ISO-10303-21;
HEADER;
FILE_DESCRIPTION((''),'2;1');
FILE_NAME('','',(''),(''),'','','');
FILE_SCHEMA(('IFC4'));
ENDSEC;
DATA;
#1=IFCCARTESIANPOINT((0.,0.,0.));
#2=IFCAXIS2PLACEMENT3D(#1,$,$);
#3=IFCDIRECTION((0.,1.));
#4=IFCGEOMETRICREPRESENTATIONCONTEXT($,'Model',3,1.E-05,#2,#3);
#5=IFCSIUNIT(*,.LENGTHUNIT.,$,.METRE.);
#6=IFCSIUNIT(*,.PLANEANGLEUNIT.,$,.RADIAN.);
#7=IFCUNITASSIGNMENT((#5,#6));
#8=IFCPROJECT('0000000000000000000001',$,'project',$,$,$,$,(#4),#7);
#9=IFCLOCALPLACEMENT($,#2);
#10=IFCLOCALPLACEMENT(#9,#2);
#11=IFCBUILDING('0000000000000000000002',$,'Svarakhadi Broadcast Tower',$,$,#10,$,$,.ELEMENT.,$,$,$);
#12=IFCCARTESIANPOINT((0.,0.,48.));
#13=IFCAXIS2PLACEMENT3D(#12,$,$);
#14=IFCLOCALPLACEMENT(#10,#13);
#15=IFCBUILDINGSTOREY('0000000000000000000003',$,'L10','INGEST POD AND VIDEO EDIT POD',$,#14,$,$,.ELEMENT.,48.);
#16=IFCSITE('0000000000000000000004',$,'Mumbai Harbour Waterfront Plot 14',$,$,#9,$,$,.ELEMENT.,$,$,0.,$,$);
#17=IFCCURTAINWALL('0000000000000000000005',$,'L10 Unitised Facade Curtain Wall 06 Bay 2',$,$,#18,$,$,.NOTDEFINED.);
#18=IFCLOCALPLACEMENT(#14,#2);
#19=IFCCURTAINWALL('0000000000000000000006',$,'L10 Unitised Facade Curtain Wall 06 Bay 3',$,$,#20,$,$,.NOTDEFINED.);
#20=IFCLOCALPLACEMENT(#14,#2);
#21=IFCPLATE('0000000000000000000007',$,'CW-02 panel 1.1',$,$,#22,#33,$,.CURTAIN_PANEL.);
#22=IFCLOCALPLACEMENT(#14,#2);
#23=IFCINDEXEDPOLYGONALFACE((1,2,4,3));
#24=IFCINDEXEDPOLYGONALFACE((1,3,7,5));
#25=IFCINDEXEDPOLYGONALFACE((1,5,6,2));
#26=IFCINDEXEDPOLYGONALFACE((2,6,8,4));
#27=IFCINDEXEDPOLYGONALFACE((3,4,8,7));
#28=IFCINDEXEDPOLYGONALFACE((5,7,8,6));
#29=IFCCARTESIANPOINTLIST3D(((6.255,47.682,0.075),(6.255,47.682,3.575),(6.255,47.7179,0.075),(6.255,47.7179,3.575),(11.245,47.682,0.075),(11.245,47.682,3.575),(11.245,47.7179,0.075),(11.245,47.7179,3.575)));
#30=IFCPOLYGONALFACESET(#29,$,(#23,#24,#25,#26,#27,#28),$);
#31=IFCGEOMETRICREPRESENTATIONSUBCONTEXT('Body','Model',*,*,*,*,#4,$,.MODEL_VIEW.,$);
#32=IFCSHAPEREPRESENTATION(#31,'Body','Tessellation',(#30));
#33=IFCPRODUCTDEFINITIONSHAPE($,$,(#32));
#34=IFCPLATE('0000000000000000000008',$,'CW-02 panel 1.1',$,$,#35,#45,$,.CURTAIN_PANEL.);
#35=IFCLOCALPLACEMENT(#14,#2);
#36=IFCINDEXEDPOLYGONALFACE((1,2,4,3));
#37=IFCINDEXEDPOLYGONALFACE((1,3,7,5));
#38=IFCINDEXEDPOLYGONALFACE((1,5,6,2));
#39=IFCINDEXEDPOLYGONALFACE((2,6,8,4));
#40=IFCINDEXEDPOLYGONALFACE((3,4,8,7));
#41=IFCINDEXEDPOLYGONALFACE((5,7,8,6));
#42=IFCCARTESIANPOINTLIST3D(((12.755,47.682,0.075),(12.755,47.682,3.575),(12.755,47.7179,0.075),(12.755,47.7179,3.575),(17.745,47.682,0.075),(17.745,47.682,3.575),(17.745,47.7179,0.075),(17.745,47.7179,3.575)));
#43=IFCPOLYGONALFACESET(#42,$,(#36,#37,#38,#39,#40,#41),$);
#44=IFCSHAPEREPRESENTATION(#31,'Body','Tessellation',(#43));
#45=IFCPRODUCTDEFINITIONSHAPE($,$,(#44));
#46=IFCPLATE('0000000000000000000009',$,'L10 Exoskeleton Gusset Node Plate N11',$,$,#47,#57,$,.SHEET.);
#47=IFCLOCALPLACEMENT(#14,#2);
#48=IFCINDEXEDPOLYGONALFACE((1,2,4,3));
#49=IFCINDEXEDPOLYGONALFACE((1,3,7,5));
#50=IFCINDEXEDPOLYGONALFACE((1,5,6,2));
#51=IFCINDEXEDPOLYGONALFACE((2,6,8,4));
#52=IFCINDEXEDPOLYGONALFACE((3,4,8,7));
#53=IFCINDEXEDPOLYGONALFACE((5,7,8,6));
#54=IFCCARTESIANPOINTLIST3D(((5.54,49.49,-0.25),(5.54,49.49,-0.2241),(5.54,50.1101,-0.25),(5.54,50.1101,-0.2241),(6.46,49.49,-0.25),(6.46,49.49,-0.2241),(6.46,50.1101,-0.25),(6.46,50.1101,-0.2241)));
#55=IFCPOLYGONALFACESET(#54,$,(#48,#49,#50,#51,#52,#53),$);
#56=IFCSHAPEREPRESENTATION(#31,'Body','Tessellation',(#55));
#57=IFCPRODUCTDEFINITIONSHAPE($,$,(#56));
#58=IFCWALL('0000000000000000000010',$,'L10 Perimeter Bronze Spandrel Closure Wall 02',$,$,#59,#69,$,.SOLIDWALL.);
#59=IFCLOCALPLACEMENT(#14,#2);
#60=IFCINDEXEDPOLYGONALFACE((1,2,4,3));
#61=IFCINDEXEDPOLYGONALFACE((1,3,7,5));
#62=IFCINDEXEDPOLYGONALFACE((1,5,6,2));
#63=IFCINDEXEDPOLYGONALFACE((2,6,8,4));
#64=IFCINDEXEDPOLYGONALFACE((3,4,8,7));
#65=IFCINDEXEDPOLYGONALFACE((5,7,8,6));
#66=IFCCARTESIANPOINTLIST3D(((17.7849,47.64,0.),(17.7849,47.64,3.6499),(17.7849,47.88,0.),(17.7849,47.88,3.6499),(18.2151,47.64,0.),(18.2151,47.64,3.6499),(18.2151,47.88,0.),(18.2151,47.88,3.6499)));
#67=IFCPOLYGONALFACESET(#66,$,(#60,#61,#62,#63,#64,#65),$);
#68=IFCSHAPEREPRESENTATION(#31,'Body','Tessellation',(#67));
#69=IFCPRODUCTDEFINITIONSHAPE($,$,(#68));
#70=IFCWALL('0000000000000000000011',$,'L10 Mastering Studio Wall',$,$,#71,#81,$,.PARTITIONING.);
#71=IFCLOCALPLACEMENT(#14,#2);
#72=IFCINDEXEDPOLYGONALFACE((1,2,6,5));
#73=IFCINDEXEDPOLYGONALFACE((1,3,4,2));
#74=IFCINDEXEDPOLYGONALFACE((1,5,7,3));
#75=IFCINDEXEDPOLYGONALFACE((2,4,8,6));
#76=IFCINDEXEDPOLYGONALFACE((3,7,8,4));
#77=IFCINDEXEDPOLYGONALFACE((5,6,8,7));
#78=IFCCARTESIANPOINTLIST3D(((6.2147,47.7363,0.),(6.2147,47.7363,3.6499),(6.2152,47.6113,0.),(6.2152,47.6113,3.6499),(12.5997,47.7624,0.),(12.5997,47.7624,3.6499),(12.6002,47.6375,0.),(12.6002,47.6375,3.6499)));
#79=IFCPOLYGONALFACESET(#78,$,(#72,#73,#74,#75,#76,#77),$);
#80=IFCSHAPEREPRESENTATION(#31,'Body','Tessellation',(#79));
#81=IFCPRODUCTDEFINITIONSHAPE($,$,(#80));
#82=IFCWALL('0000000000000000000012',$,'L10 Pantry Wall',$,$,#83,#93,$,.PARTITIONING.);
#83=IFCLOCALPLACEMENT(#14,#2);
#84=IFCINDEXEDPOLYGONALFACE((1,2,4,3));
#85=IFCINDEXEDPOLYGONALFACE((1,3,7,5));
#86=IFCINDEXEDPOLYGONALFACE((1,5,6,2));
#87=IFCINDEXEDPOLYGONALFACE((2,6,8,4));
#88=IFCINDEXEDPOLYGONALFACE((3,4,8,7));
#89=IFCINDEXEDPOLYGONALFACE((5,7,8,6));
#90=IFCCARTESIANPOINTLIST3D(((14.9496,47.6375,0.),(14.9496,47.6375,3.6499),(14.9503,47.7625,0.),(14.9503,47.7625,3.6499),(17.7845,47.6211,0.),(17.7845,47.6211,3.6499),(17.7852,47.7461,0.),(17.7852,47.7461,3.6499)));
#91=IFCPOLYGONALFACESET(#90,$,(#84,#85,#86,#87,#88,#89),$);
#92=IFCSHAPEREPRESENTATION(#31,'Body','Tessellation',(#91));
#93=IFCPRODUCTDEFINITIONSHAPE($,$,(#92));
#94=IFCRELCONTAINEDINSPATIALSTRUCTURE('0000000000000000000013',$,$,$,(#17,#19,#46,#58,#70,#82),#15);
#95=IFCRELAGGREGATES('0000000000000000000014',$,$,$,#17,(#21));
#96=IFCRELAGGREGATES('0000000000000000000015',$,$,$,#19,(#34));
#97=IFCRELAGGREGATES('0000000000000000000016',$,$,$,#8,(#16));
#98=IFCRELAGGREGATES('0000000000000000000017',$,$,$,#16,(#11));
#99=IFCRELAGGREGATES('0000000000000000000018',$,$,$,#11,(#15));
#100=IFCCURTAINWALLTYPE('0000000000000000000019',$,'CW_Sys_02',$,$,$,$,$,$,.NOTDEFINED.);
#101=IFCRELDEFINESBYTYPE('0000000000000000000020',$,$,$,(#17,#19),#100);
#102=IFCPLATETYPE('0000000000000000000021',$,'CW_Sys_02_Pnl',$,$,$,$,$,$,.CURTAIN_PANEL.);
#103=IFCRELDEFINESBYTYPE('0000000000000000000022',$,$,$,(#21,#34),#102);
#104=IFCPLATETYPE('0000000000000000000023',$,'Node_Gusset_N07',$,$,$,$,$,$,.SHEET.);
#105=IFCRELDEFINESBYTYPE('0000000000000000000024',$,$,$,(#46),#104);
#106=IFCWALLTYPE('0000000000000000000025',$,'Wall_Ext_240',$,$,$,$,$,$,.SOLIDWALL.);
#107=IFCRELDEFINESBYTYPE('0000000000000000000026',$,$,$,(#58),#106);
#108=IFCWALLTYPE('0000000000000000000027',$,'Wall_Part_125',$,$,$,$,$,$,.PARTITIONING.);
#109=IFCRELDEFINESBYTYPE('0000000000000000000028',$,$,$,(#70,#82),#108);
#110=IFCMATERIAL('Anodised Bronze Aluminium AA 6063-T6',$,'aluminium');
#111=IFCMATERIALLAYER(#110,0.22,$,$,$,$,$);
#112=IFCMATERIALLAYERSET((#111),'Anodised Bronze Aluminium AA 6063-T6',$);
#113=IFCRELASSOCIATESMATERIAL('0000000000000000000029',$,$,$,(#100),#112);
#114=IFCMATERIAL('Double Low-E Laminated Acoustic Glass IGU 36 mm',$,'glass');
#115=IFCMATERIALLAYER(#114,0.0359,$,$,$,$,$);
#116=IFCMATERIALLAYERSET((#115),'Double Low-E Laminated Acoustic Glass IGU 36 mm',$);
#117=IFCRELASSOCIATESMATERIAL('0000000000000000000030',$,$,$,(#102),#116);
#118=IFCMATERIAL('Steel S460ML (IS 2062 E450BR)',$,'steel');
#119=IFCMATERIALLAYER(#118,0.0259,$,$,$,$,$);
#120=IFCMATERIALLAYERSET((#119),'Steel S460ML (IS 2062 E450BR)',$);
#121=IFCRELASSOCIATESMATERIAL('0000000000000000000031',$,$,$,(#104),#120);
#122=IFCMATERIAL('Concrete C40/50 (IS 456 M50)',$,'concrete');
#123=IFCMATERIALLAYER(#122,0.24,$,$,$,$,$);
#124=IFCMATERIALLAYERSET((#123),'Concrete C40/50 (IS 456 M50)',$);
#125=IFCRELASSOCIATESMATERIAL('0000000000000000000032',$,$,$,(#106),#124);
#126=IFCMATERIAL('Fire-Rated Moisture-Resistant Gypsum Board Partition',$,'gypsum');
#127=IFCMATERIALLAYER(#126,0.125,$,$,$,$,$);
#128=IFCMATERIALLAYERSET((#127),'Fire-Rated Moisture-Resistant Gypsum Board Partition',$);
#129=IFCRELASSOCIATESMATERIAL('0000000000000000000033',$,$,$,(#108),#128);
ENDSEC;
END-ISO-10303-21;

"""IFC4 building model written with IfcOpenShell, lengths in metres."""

from ifc_helpers import new_model, si_unit, direction, frame, frame_2d, origin, origin_2d, place, context, subcontext, project, spatial, rectangle, extrude, material, layer, layer_set, type_object, element, aggregate, save


model = new_model("IFC4")

# Units and contexts
model_context = context("Model", 3, precision=1e-05, world=origin(), true_north=direction((0.0, 1.0)))
body_context = subcontext(model_context, "Body", "Model", "MODEL_VIEW")
ifc_project = project(units=[si_unit("LENGTHUNIT", "METRE"), si_unit("PLANEANGLEUNIT", "RADIAN")], contexts=[model_context])

# Site, building, storey
site_placement = place(None, origin())
site = spatial("IfcSite", under=ifc_project, at=site_placement, Name="Mumbai Harbour Waterfront Plot 14", CompositionType="ELEMENT", RefElevation=0.0)
building_placement = place(site_placement, origin())
building = spatial("IfcBuilding", under=site, at=building_placement, Name="Svarakhadi Broadcast Tower", CompositionType="ELEMENT")
storey_placement = place(building_placement, frame((0.0, 0.0, 48.0)))
storey = spatial("IfcBuildingStorey", under=building, at=storey_placement, Name="L10", Description="INGEST POD AND VIDEO EDIT POD", CompositionType="ELEMENT", Elevation=48.0)

# Shared definitions
ifc_material_1 = material(Name="Steel S460ML (IS 2062 E450BR)", Category="steel")

# Curtain walls
ifc_material_2 = material(Name="Anodised Bronze Aluminium AA 6063-T6", Category="aluminium")
ifc_layer_1 = layer(ifc_material_2, 0.22)
ifc_layer_set_1 = layer_set([ifc_layer_1], Name="Anodised Bronze Aluminium AA 6063-T6")
curtain_wall_type = type_object("IfcCurtainWallType", Name="CW_Sys_02", PredefinedType="NOTDEFINED", material=ifc_layer_set_1)
curtain_wall_1_placement = place(storey_placement, origin())
curtain_wall_1 = element("IfcCurtainWall", 1, at=curtain_wall_1_placement, inside=storey, type_object=curtain_wall_type, Name="L10 Unitised Facade Curtain Wall 06 Bay 2", PredefinedType="NOTDEFINED")
curtain_wall_2_placement = place(storey_placement, origin())
curtain_wall_2 = element("IfcCurtainWall", 2, at=curtain_wall_2_placement, inside=storey, type_object=curtain_wall_type, Name="L10 Unitised Facade Curtain Wall 06 Bay 3", PredefinedType="NOTDEFINED")

# Plates
ifc_material_3 = material(Name="Double Low-E Laminated Acoustic Glass IGU 36 mm", Category="glass")
ifc_layer_2 = layer(ifc_material_3, 0.0359)
ifc_layer_set_2 = layer_set([ifc_layer_2], Name="Double Low-E Laminated Acoustic Glass IGU 36 mm")
plate_type_1 = type_object("IfcPlateType", Name="CW_Sys_02_Pnl", PredefinedType="CURTAIN_PANEL", material=ifc_layer_set_2)
plate_1_placement = place(storey_placement, frame((8.75, 47.7, 0.075), z_axis=(0.0, 0.0, 1.0), x_axis=(1.0, 0.0, 0.0)))
plate_1 = element("IfcPlate", 3, at=plate_1_placement, type_object=plate_type_1, Name="CW-02 panel 1.1", PredefinedType="CURTAIN_PANEL", context=body_context, shape_type="SweptSolid", body=[
    extrude(rectangle(XDim=4.99, YDim=0.0359, at=origin_2d()), origin(), (0.0, 0.0, 1.0), 3.5),
])
aggregate(curtain_wall_1, [plate_1])
plate_2_placement = place(storey_placement, frame((15.25, 47.7, 0.075), z_axis=(0.0, 0.0, 1.0), x_axis=(1.0, 0.0, 0.0)))
plate_2 = element("IfcPlate", 4, at=plate_2_placement, type_object=plate_type_1, Name="CW-02 panel 1.1", PredefinedType="CURTAIN_PANEL", context=body_context, shape_type="SweptSolid", body=[
    extrude(rectangle(XDim=4.99, YDim=0.0359, at=origin_2d()), origin(), (0.0, 0.0, 1.0), 3.5),
])
aggregate(curtain_wall_2, [plate_2])
ifc_layer_3 = layer(ifc_material_1, 0.0259)
ifc_layer_set_3 = layer_set([ifc_layer_3], Name="Steel S460ML (IS 2062 E450BR)")
plate_type_2 = type_object("IfcPlateType", Name="Node_Gusset_N07", PredefinedType="SHEET", material=ifc_layer_set_3)
plate_3_placement = place(storey_placement, frame((6.0, 49.8, -0.25), z_axis=(0.0, 0.0, 1.0), x_axis=(1.0, 0.0, 0.0)))
element("IfcPlate", 5, at=plate_3_placement, inside=storey, type_object=plate_type_2, Name="L10 Exoskeleton Gusset Node Plate N11", PredefinedType="SHEET", context=body_context, shape_type="SweptSolid", body=[
    extrude(rectangle(XDim=0.9199, YDim=0.6201, at=origin_2d()), origin(), (0.0, 0.0, 1.0), 0.0259),
])

# Walls
ifc_material_4 = material(Name="Concrete C40/50 (IS 456 M50)", Category="concrete")
ifc_layer_4 = layer(ifc_material_4, 0.24)
ifc_layer_set_4 = layer_set([ifc_layer_4], Name="Concrete C40/50 (IS 456 M50)")
wall_type_1 = type_object("IfcWallType", Name="Wall_Ext_240", PredefinedType="SOLIDWALL", material=ifc_layer_set_4)
wall_1_placement = place(storey_placement, frame((17.7849, 47.76, 0.0), z_axis=(0.0, 0.0, 1.0), x_axis=(1.0, 0.0, 0.0)))
element("IfcWall", 6, at=wall_1_placement, inside=storey, type_object=wall_type_1, Name="L10 Perimeter Bronze Spandrel Closure Wall 02", PredefinedType="SOLIDWALL", context=body_context, shape_type="SweptSolid", body=[
    extrude(rectangle(XDim=0.4302, YDim=0.24, at=frame_2d((0.2151, 0.0))), origin(), (0.0, 0.0, 1.0), 3.6499),
])
ifc_material_5 = material(Name="Fire-Rated Moisture-Resistant Gypsum Board Partition", Category="gypsum")
ifc_layer_5 = layer(ifc_material_5, 0.125)
ifc_layer_set_5 = layer_set([ifc_layer_5], Name="Fire-Rated Moisture-Resistant Gypsum Board Partition")
wall_type_2 = type_object("IfcWallType", Name="Wall_Part_125", PredefinedType="PARTITIONING", material=ifc_layer_set_5)
wall_2_placement = place(storey_placement, frame((6.2151, 47.6738, 0.0), z_axis=(0.0, 0.0, 1.0), x_axis=(0.999992, 0.004091, 0.0)))
element("IfcWall", 7, at=wall_2_placement, inside=storey, type_object=wall_type_2, Name="L10 Mastering Studio Wall", PredefinedType="PARTITIONING", context=body_context, shape_type="SweptSolid", body=[
    extrude(rectangle(XDim=6.385, YDim=0.125, at=frame_2d((3.1924, 0.0))), origin(), (0.0, 0.0, 1.0), 3.6499),
])
wall_3_placement = place(storey_placement, frame((14.95, 47.7, 0.0), z_axis=(0.0, 0.0, 1.0), x_axis=(0.999983, -0.00577, 0.0)))
element("IfcWall", 8, at=wall_3_placement, inside=storey, type_object=wall_type_2, Name="L10 Pantry Wall", PredefinedType="PARTITIONING", context=body_context, shape_type="SweptSolid", body=[
    extrude(rectangle(XDim=2.835, YDim=0.125, at=frame_2d((1.4175, 0.0))), origin(), (0.0, 0.0, 1.0), 3.6499),
])

save(model, "model.ifc")
